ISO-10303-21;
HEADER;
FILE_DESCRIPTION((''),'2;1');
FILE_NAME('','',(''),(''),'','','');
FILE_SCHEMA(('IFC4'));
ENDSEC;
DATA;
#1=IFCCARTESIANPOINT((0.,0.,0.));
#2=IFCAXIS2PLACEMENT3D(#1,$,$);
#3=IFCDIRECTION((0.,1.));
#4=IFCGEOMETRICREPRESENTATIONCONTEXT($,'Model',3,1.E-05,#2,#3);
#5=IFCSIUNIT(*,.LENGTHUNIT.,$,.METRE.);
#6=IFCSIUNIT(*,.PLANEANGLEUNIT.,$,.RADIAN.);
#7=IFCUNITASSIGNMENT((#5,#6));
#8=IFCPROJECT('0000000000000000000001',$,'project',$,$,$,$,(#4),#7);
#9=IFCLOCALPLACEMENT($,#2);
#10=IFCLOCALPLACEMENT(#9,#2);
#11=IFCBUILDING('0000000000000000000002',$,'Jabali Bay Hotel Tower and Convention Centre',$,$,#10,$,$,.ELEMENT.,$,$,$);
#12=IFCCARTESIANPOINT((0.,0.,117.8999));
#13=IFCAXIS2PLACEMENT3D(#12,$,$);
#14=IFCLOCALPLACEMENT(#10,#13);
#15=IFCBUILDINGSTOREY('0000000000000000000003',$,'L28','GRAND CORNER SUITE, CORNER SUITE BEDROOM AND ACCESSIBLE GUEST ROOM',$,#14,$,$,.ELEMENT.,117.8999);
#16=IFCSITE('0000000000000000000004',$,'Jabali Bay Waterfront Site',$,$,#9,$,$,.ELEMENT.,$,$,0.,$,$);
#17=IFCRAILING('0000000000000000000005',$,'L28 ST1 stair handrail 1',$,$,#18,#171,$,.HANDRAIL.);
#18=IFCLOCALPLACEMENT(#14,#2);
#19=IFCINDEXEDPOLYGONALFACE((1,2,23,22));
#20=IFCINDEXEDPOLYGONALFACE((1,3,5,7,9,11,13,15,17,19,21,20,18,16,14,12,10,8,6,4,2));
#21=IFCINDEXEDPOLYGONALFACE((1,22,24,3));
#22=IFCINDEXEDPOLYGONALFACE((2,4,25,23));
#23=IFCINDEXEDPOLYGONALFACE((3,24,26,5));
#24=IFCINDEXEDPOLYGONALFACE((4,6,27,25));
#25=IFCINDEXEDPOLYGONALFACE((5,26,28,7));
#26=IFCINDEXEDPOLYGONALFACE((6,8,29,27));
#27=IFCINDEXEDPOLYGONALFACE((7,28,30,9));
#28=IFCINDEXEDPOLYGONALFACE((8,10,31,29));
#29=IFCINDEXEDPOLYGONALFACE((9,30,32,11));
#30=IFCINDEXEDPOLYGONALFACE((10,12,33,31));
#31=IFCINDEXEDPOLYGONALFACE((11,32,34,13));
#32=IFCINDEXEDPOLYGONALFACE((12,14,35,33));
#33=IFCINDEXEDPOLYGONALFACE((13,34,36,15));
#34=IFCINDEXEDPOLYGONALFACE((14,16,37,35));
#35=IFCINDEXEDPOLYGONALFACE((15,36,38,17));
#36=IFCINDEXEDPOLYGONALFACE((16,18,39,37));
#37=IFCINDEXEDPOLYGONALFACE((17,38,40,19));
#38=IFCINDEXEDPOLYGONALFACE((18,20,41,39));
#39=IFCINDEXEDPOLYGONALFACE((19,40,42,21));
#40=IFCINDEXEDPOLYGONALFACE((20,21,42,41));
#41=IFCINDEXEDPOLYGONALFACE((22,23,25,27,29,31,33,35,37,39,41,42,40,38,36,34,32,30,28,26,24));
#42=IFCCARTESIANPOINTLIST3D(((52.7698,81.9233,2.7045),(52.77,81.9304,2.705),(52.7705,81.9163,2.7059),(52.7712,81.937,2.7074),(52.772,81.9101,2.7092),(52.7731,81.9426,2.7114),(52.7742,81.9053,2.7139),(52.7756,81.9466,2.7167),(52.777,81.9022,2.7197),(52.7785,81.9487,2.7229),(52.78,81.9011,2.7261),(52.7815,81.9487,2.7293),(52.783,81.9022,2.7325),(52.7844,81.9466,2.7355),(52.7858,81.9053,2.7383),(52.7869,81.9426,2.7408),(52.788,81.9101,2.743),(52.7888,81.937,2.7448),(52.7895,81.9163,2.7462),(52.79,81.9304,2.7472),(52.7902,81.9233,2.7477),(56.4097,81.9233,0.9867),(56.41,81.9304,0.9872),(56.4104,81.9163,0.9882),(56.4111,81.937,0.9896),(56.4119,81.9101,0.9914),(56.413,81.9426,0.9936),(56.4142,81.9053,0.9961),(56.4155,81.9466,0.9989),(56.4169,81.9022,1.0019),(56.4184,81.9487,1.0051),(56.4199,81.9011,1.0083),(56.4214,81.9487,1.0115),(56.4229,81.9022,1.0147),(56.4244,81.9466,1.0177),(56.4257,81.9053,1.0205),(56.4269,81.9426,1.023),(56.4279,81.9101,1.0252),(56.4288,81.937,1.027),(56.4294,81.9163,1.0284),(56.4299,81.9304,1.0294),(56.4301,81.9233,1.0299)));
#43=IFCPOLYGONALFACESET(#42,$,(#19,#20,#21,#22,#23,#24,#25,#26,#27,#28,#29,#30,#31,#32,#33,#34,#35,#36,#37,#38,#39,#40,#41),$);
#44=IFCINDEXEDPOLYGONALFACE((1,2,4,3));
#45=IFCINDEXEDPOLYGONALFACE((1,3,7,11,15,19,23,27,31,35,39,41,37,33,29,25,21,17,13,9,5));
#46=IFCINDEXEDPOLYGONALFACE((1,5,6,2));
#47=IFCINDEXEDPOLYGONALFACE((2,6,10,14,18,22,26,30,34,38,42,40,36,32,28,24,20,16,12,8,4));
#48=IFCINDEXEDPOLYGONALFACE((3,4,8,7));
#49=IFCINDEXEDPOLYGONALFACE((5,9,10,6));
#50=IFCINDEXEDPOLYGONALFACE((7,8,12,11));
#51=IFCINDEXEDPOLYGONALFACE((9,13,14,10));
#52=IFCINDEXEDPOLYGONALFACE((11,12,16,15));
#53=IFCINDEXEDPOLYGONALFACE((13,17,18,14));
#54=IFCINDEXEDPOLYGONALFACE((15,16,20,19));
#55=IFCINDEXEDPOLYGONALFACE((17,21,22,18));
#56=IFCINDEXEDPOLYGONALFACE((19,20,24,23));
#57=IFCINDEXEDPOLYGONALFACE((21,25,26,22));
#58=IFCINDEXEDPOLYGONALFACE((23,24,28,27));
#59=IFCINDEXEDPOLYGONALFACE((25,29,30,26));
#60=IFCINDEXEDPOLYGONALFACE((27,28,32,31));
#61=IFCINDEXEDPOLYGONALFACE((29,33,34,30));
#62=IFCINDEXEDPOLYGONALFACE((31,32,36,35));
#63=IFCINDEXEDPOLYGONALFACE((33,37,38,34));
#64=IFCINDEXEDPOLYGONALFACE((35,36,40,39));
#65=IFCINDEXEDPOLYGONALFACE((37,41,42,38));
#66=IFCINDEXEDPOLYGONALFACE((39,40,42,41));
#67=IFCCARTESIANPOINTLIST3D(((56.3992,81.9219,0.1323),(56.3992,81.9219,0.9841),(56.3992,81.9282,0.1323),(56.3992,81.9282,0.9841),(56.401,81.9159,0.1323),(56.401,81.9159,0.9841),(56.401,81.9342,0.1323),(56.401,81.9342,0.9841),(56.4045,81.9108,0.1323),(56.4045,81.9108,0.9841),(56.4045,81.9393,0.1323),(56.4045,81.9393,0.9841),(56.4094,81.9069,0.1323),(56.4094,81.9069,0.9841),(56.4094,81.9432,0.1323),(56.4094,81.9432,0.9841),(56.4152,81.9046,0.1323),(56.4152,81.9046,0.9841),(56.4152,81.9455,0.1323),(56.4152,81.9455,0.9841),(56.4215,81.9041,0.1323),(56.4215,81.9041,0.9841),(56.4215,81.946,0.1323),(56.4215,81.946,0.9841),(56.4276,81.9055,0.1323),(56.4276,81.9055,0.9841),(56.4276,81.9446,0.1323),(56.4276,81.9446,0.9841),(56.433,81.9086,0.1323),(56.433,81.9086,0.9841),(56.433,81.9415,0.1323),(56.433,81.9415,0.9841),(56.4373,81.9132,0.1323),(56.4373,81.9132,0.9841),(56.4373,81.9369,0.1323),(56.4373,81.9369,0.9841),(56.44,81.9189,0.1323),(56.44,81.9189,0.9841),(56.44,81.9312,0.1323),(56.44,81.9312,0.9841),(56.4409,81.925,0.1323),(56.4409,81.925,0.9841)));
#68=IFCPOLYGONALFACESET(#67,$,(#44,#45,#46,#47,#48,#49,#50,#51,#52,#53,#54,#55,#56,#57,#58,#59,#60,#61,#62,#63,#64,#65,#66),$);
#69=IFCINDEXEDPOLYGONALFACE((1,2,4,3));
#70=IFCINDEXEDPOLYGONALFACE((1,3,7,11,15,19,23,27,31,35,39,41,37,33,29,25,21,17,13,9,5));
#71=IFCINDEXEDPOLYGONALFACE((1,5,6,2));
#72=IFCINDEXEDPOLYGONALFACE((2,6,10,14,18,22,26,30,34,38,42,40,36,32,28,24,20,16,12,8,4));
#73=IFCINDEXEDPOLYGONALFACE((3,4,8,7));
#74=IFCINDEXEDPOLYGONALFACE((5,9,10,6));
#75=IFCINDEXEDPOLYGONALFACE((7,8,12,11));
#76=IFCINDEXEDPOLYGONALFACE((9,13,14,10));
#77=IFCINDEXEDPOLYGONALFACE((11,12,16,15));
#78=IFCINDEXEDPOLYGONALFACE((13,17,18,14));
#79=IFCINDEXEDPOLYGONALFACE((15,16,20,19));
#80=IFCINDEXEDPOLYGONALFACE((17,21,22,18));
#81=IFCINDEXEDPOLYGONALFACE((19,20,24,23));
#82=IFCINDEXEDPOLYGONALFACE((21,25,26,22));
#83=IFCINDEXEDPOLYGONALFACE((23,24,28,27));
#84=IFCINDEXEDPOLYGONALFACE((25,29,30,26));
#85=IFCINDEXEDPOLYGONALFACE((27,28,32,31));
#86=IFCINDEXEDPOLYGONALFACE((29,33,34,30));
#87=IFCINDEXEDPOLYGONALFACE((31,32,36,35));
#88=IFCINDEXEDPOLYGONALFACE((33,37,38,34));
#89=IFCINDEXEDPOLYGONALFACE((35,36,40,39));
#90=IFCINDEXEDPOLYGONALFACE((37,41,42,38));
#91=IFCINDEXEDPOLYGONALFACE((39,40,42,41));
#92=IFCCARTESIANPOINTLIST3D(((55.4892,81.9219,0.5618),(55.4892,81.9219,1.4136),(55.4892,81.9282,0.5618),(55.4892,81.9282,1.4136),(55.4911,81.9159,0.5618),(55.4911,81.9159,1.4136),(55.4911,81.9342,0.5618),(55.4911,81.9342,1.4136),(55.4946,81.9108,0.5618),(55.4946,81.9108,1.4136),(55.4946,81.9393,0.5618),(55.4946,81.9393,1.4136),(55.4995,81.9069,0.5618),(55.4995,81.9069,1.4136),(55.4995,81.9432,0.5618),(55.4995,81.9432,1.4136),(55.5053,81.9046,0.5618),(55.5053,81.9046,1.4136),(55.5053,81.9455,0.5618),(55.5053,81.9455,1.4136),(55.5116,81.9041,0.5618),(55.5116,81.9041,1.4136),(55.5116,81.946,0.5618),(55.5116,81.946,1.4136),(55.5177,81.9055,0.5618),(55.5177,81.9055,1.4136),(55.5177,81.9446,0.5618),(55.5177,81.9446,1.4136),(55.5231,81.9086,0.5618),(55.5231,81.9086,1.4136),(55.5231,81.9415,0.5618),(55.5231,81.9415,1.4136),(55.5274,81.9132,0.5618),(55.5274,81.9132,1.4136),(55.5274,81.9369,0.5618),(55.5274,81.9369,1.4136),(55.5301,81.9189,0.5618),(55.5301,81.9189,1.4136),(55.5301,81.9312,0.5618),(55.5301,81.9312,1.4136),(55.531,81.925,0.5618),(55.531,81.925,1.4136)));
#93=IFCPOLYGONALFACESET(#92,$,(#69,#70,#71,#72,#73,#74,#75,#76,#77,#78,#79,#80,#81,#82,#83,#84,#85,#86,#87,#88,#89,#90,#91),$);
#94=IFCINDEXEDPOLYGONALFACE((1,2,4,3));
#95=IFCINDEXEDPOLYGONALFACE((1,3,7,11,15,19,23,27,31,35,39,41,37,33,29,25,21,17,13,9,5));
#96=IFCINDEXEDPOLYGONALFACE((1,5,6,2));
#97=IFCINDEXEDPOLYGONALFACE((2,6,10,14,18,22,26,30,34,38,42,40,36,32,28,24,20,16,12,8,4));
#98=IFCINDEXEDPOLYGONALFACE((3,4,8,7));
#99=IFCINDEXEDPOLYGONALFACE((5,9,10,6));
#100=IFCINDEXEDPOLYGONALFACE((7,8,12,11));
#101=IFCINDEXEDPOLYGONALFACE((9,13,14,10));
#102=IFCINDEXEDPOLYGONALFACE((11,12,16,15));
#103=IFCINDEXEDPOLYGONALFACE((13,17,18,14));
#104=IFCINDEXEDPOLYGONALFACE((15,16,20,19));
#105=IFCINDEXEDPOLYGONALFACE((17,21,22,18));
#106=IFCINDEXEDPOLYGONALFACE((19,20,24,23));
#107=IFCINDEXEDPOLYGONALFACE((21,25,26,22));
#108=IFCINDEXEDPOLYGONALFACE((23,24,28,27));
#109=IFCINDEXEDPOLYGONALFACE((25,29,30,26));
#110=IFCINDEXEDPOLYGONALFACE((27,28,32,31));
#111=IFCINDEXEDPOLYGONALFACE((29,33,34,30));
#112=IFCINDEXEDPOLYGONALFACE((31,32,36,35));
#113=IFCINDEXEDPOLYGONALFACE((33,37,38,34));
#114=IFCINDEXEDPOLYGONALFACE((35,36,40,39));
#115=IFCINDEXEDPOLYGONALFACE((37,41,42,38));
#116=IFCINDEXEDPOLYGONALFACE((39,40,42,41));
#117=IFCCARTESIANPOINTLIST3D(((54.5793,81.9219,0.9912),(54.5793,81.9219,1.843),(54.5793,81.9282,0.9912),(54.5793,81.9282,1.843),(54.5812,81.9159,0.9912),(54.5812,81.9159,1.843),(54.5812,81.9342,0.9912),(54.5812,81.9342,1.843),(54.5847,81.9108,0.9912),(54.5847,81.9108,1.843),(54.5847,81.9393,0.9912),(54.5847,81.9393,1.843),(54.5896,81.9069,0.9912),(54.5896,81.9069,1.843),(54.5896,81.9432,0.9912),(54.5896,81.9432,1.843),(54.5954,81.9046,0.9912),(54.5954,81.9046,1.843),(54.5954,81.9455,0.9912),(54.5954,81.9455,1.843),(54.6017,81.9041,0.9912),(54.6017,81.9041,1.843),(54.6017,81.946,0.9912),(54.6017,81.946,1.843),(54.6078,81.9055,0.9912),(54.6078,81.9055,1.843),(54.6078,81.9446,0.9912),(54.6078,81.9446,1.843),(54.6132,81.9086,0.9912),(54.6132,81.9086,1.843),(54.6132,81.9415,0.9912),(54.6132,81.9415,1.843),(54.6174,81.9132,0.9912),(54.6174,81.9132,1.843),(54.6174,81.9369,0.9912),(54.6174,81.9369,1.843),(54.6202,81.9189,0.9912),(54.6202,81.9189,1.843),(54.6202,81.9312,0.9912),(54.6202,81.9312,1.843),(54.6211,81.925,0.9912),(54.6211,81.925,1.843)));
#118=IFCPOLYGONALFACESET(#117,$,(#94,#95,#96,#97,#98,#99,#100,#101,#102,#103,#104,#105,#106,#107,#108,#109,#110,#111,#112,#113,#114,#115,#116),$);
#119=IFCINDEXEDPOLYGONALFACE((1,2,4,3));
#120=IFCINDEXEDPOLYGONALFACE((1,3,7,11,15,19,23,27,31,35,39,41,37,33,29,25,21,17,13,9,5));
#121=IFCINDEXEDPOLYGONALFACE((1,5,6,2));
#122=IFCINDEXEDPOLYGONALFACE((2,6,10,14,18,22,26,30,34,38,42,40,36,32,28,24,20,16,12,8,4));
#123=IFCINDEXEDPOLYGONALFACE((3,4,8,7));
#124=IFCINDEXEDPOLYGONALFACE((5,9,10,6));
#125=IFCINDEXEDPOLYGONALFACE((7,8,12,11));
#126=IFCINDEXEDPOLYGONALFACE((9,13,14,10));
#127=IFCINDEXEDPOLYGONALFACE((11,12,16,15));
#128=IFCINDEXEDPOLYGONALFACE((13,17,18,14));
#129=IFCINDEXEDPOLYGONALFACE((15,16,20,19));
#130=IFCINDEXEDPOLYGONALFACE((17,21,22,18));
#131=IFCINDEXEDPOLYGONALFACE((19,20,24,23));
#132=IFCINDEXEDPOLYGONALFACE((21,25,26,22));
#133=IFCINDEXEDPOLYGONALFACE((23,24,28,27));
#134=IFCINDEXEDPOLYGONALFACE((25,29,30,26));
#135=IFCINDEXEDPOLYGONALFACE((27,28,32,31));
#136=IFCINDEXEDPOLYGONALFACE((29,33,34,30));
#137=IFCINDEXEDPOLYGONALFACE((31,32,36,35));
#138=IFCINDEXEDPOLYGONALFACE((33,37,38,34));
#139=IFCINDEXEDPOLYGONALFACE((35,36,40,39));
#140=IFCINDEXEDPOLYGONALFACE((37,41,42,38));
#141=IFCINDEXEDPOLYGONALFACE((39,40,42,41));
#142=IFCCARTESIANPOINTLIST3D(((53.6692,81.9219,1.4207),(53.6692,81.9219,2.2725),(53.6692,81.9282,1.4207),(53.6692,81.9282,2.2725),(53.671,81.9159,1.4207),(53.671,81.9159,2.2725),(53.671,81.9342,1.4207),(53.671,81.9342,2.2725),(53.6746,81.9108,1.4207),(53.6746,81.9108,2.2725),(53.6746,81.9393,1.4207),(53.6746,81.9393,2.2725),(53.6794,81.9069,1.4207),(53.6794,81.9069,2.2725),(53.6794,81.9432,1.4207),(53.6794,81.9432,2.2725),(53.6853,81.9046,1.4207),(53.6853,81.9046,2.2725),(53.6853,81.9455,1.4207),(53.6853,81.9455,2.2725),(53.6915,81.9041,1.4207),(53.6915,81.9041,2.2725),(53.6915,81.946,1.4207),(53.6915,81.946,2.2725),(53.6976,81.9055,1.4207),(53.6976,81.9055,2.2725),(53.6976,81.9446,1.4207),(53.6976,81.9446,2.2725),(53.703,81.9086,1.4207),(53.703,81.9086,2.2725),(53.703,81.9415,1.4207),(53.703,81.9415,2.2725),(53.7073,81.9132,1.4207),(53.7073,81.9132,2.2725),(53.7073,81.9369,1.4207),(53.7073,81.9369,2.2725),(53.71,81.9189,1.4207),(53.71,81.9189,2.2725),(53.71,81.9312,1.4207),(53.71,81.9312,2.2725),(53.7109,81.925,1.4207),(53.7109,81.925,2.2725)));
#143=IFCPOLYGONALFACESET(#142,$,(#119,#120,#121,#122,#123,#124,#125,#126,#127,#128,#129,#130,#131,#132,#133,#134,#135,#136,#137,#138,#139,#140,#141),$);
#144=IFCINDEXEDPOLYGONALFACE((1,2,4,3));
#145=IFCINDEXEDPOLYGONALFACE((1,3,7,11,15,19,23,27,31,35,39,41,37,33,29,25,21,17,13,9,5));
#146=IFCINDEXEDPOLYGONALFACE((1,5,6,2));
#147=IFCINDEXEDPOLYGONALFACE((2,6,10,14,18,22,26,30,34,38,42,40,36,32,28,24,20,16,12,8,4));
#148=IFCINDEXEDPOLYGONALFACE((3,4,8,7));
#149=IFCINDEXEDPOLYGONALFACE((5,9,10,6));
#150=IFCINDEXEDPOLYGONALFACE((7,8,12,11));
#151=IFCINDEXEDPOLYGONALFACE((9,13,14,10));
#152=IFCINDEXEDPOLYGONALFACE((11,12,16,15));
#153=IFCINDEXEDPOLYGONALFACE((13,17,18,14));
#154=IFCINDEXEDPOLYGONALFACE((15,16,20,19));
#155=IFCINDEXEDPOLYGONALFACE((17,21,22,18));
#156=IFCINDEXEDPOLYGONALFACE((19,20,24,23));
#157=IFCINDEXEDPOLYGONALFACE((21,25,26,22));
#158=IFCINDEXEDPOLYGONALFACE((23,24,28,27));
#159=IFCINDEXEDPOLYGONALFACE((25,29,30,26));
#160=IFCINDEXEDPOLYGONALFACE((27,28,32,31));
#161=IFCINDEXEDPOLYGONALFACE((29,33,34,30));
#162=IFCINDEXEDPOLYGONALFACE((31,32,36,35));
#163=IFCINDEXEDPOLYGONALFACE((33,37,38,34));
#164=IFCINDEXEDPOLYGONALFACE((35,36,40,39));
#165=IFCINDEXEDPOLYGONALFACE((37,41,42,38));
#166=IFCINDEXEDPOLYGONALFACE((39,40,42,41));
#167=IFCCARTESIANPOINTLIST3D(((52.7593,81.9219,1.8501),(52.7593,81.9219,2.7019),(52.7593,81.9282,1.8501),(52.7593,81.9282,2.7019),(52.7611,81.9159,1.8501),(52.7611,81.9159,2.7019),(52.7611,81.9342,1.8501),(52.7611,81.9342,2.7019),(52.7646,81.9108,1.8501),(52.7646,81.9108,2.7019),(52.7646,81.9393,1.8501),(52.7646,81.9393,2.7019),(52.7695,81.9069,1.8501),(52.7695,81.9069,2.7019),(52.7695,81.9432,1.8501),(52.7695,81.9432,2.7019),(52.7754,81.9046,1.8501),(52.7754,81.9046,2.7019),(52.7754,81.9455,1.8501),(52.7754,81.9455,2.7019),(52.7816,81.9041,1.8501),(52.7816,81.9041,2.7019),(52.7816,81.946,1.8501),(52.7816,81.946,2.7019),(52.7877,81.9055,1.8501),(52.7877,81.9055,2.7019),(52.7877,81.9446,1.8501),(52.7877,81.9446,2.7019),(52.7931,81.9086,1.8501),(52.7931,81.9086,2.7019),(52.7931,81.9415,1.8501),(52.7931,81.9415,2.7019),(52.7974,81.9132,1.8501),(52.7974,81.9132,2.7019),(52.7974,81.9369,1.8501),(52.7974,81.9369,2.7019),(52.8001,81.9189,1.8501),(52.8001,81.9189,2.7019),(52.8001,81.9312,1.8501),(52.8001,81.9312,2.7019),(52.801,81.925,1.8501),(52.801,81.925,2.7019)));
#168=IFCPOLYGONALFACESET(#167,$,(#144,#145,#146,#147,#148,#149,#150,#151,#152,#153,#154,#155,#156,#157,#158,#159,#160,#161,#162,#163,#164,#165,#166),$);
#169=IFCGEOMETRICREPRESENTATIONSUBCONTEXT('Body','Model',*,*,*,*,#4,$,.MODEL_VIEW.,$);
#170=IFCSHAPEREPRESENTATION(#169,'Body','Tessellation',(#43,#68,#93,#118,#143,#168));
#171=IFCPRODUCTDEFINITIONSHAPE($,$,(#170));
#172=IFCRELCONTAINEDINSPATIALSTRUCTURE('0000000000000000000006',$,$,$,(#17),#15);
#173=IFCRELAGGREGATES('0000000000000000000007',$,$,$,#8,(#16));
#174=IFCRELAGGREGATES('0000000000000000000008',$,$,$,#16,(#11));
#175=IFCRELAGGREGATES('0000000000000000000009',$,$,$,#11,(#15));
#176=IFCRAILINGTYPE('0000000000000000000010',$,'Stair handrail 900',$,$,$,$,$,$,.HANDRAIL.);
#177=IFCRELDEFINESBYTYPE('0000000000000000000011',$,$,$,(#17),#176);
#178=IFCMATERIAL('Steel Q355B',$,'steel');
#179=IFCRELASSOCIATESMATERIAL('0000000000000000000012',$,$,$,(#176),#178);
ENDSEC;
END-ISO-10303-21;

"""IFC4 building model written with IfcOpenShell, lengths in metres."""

from ifc_helpers import new_model, si_unit, direction, frame, origin, origin_2d, place, context, subcontext, project, spatial, circle, extrude, material, type_object, element, save


model = new_model("IFC4")

# Units and contexts
model_context = context("Model", 3, precision=1e-05, world=origin(), true_north=direction((0.0, 1.0)))
body_context = subcontext(model_context, "Body", "Model", "MODEL_VIEW")
ifc_project = project(units=[si_unit("LENGTHUNIT", "METRE"), si_unit("PLANEANGLEUNIT", "RADIAN")], contexts=[model_context])

# Site, building, storey
site_placement = place(None, origin())
site = spatial("IfcSite", under=ifc_project, at=site_placement, Name="Jabali Bay Waterfront Site", CompositionType="ELEMENT", RefElevation=0.0)
building_placement = place(site_placement, origin())
building = spatial("IfcBuilding", under=site, at=building_placement, Name="Jabali Bay Hotel Tower and Convention Centre", CompositionType="ELEMENT")
storey_placement = place(building_placement, frame((0.0, 0.0, 117.8999)))
storey = spatial("IfcBuildingStorey", under=building, at=storey_placement, Name="L28", Description="GRAND CORNER SUITE, CORNER SUITE BEDROOM AND ACCESSIBLE GUEST ROOM", CompositionType="ELEMENT", Elevation=117.8999)

# Railing
ifc_material_1 = material(Name="Steel Q355B", Category="steel")
railing_type_1 = type_object("IfcRailingType", Name="Stair handrail 900", PredefinedType="HANDRAIL", material=ifc_material_1)
railing_1_placement = place(storey_placement, frame((56.4199, 81.925, 0.1323)))
element("IfcRailing", 1, at=railing_1_placement, inside=storey, type_object=railing_type_1, Name="L28 ST1 stair handrail 1", PredefinedType="HANDRAIL", context=body_context, shape_type="SweptSolid", body=[
    extrude(circle(Radius=0.0239, at=origin_2d()), frame((0.0, 0.0, 0.876), z_axis=(-0.904351, 0.0, 0.42679), x_axis=(0.0, -1.0, 0.0)), (0.0, 0.0, 1.0), 4.0249),
    extrude(circle(Radius=0.021, at=origin_2d()), origin(), (0.0, 0.0, 1.0), 0.8518),
    extrude(circle(Radius=0.021, at=origin_2d()), frame((-0.9099, 0.0, 0.4294)), (0.0, 0.0, 1.0), 0.8518),
    extrude(circle(Radius=0.021, at=origin_2d()), frame((-1.8198, 0.0, 0.8589)), (0.0, 0.0, 1.0), 0.8518),
    extrude(circle(Radius=0.021, at=origin_2d()), frame((-2.73, 0.0, 1.2883)), (0.0, 0.0, 1.0), 0.8518),
    extrude(circle(Radius=0.021, at=origin_2d()), frame((-3.6399, 0.0, 1.7178)), (0.0, 0.0, 1.0), 0.8518),
])

save(model, "model.ifc")
